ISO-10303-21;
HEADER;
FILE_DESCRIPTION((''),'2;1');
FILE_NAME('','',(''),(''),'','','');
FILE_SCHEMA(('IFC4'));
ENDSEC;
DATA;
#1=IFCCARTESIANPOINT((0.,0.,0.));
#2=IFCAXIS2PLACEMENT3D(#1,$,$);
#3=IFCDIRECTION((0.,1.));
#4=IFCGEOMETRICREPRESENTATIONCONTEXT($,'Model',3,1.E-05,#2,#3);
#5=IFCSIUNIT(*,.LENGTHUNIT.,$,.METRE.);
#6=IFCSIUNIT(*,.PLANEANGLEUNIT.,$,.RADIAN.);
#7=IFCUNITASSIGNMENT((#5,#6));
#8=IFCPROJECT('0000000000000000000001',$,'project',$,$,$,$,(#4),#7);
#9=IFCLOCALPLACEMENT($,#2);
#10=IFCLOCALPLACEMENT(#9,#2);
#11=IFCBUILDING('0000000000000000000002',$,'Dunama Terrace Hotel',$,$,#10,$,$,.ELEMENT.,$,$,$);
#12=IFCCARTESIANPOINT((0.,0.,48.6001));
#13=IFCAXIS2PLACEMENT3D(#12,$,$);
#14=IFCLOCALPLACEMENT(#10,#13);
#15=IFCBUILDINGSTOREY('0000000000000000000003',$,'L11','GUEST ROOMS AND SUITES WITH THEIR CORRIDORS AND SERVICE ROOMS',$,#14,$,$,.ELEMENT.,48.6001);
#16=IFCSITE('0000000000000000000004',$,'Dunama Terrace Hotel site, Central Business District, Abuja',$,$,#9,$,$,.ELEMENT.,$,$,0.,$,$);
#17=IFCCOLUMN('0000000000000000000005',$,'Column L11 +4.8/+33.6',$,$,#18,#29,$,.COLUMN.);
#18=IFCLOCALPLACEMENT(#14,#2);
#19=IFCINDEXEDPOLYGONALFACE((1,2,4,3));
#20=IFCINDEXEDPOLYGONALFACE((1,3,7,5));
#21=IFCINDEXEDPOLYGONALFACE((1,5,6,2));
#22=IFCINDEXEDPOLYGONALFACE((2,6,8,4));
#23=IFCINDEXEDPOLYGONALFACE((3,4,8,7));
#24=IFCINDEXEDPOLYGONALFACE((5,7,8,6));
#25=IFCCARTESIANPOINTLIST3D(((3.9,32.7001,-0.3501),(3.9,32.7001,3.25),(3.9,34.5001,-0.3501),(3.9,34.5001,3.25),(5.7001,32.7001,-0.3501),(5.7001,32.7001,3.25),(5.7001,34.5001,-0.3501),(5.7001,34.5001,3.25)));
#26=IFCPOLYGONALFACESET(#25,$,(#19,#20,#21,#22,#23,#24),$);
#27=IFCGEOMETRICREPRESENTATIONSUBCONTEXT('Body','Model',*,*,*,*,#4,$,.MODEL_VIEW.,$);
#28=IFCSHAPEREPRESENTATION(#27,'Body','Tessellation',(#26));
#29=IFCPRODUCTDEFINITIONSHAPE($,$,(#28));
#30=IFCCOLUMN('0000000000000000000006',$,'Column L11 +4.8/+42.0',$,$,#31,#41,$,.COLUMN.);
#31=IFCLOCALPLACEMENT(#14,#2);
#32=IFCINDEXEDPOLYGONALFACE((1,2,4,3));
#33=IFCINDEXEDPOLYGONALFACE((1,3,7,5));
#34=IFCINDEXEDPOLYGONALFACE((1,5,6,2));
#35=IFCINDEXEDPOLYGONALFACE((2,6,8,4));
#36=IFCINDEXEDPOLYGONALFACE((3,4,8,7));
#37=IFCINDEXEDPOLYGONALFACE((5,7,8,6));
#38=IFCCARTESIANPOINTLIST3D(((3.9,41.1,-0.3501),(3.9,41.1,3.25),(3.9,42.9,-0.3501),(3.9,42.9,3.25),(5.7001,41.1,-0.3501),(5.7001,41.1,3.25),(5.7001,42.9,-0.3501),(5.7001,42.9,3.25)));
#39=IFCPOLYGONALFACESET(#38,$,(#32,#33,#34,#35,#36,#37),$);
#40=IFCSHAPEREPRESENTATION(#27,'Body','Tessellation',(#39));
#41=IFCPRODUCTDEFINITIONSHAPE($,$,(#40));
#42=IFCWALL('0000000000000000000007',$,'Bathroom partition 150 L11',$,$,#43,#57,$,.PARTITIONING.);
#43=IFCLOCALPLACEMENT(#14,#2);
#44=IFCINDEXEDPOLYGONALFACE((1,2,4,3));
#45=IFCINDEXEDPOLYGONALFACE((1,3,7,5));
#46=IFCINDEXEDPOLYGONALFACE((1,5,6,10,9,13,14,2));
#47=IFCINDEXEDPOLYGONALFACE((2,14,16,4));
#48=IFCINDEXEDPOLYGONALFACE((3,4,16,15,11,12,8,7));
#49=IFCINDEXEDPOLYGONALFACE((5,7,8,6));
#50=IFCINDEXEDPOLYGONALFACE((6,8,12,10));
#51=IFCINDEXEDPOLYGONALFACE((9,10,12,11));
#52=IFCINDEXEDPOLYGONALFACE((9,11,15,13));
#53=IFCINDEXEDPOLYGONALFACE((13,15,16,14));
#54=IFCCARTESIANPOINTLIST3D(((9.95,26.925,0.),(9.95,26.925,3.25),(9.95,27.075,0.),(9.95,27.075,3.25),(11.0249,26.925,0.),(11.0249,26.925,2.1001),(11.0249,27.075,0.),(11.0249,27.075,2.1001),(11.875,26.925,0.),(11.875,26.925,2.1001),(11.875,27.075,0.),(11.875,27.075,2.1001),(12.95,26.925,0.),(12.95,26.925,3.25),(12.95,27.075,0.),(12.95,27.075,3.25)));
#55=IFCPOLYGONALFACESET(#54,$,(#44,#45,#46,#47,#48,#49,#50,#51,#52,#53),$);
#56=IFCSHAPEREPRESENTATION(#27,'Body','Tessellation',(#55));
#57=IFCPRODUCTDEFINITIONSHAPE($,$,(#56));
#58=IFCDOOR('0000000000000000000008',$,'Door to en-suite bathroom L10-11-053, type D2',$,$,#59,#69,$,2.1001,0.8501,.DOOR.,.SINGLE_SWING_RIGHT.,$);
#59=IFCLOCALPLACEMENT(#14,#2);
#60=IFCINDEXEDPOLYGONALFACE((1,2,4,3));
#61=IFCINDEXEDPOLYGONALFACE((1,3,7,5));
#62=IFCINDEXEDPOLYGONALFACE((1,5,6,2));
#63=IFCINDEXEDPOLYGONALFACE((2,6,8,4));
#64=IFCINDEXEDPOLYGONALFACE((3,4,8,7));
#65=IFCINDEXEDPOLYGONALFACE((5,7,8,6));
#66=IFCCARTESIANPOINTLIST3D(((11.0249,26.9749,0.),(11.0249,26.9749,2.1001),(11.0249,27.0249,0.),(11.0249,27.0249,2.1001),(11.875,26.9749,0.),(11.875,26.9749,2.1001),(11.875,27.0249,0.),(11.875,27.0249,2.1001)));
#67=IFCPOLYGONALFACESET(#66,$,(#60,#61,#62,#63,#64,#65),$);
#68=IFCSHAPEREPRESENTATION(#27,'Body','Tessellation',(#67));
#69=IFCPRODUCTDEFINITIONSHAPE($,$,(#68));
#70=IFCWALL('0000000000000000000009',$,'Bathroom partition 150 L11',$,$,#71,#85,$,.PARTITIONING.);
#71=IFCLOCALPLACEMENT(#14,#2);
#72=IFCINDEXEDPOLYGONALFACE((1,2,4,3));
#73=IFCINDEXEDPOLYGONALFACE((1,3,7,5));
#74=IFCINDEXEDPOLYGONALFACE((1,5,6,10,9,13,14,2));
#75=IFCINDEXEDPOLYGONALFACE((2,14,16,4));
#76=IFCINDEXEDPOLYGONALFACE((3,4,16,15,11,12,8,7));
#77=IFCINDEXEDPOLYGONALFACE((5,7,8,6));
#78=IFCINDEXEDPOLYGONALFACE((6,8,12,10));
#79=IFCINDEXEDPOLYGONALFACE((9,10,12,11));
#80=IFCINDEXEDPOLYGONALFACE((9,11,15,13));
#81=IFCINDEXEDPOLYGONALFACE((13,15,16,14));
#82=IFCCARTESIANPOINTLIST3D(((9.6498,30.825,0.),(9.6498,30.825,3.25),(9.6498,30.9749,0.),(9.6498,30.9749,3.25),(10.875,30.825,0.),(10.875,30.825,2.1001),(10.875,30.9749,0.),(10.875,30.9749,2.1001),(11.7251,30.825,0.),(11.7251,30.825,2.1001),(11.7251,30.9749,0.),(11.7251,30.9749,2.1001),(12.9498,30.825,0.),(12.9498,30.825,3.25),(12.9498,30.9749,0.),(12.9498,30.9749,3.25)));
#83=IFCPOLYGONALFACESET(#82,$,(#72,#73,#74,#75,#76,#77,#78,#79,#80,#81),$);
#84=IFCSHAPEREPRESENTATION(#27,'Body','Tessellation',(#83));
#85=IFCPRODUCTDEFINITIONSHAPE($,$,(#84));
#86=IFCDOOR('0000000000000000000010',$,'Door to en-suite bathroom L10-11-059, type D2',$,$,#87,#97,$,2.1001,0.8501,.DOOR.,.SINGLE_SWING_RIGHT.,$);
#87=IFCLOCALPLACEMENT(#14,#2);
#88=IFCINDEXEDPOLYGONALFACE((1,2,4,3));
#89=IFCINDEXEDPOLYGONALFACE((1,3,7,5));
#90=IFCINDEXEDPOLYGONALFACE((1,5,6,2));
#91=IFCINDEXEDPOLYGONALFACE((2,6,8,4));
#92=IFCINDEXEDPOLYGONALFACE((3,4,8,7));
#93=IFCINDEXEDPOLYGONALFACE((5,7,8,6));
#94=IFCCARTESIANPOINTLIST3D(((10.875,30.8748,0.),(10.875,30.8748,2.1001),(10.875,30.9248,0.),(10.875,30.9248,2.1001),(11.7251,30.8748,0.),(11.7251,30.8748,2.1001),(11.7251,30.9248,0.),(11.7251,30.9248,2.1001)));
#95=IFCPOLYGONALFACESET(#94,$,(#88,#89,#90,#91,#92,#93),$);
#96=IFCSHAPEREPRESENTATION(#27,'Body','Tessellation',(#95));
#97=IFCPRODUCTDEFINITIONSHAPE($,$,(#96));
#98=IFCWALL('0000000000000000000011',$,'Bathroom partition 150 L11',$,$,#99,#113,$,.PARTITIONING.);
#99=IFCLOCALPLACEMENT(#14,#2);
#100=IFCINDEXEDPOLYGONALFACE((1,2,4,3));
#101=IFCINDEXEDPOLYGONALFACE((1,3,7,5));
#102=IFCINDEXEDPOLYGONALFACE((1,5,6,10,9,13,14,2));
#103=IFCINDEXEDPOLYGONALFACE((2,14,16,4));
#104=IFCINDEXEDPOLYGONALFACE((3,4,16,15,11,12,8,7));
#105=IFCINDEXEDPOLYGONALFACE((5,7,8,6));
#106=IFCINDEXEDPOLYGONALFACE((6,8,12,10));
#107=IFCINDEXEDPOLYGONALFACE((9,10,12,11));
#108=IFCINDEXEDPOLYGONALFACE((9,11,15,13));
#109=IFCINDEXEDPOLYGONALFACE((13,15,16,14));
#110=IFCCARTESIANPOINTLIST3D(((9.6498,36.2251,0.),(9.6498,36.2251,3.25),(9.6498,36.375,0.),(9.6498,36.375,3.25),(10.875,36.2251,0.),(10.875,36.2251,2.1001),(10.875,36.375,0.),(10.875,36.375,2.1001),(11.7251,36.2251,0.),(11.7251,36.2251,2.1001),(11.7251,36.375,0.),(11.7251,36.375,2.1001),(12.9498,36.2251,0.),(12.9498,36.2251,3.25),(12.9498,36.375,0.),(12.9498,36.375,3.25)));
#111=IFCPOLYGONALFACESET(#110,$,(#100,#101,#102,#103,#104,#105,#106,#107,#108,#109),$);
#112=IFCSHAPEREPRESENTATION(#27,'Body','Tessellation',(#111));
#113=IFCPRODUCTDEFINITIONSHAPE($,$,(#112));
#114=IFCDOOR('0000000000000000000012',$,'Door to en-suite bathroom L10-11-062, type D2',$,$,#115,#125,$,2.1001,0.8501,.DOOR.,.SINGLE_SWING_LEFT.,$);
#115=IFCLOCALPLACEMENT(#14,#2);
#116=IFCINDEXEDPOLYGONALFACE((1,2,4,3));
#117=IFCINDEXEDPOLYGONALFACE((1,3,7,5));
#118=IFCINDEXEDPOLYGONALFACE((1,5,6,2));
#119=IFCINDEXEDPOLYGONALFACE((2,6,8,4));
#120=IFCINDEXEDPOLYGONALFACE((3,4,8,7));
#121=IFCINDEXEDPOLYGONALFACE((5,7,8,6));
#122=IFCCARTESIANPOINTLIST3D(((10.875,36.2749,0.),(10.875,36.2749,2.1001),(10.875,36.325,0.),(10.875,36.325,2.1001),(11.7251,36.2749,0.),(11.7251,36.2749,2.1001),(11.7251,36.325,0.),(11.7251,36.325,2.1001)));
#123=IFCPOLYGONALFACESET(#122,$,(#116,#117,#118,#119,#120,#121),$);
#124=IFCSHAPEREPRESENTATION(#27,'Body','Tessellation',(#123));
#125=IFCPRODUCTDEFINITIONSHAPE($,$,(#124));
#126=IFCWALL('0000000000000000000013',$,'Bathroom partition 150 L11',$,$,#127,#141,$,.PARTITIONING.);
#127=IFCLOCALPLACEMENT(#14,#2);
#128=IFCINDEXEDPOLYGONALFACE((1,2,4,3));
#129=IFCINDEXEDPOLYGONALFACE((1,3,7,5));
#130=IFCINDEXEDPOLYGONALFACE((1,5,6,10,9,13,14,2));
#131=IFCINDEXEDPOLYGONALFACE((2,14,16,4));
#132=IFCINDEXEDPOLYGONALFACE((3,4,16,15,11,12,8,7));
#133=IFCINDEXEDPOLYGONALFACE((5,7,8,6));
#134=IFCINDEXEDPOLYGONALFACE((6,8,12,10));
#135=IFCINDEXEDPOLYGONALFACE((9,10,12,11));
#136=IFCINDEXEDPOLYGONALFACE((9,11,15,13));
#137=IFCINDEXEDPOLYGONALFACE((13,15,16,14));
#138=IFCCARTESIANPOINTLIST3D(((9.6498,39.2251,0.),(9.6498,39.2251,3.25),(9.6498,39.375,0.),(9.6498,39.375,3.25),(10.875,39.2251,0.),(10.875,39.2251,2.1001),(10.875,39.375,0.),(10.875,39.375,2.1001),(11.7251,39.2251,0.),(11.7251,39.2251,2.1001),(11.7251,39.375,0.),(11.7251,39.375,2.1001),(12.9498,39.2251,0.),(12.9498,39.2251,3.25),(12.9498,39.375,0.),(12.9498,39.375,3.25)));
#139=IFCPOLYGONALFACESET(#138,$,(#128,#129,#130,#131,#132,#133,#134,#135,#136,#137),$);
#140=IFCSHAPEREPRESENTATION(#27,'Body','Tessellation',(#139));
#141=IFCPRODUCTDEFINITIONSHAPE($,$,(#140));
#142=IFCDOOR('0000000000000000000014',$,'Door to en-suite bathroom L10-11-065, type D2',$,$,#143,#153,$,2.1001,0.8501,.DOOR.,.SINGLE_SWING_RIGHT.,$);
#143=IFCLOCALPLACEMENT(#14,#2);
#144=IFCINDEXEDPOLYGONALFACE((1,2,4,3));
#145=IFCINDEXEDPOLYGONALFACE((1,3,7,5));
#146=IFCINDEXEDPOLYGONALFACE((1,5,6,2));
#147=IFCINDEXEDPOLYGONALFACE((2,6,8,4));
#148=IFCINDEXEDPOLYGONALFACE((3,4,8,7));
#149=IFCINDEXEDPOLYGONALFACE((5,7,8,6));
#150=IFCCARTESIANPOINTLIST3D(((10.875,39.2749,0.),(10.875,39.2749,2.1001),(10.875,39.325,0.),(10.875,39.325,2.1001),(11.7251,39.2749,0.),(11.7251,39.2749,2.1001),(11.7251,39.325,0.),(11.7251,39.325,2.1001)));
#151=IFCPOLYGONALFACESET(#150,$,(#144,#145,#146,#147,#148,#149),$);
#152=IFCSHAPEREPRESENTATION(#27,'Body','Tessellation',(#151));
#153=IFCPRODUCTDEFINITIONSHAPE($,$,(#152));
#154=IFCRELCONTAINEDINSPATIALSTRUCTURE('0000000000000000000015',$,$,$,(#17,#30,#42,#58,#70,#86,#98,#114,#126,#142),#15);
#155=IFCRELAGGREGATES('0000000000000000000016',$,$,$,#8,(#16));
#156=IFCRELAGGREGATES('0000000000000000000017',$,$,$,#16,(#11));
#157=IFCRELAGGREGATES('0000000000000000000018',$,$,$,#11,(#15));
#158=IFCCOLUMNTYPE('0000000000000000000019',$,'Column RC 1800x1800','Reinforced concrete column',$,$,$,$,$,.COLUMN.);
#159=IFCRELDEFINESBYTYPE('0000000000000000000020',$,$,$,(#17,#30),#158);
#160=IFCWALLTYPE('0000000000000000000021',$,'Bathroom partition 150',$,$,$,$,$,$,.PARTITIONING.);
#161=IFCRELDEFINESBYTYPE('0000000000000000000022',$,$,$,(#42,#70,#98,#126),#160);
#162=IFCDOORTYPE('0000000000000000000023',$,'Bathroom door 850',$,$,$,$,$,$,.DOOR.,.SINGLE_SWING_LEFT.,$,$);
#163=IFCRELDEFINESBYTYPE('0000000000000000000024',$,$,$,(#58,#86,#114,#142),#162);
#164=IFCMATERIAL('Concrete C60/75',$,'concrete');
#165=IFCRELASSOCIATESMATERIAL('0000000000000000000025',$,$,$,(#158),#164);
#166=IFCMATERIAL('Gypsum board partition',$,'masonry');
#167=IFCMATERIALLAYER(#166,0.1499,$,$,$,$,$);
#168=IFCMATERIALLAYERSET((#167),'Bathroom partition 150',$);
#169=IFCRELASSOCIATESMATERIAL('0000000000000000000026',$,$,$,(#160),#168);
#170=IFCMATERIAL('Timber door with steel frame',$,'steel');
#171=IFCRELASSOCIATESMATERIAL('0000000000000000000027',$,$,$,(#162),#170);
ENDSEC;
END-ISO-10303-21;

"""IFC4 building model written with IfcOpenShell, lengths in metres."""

from ifc_helpers import new_model, si_unit, direction, frame, frame_2d, origin, origin_2d, place, context, subcontext, project, spatial, rectangle, extrude, material, layer, layer_set, material_profile, profile_set, type_object, element, fill, save


model = new_model("IFC4")

# Units and contexts
model_context = context("Model", 3, precision=1e-05, world=origin(), true_north=direction((0.0, 1.0)))
body_context = subcontext(model_context, "Body", "Model", "MODEL_VIEW")
ifc_project = project(units=[si_unit("LENGTHUNIT", "METRE"), si_unit("PLANEANGLEUNIT", "RADIAN")], contexts=[model_context])

# Site, building, storey
site_placement = place(None, origin())
site = spatial("IfcSite", under=ifc_project, at=site_placement, Name="Dunama Terrace Hotel site, Central Business District, Abuja", CompositionType="ELEMENT", RefElevation=0.0)
building_placement = place(site_placement, origin())
building = spatial("IfcBuilding", under=site, at=building_placement, Name="Dunama Terrace Hotel", CompositionType="ELEMENT")
storey_placement = place(building_placement, frame((0.0, 0.0, 48.6001)))
storey = spatial("IfcBuildingStorey", under=building, at=storey_placement, Name="L11", Description="GUEST ROOMS AND SUITES WITH THEIR CORRIDORS AND SERVICE ROOMS", CompositionType="ELEMENT", Elevation=48.6001)

# Columns
ifc_material_1 = material(Name="Concrete C60/75", Category="concrete")
ifc_material_profile = material_profile(ifc_material_1, rectangle(XDim=1.8, YDim=1.8, at=origin_2d()), Name="RC 1800x1800")
ifc_profile_set = profile_set([ifc_material_profile], Name="Concrete C60/75")
column_type = type_object("IfcColumnType", Name="Column RC 1800x1800", Description="Reinforced concrete column", PredefinedType="COLUMN", material=ifc_profile_set)
for number, where, z_axis, x_axis, name in (
    (1, (4.8, 33.6001, -0.3501), (0.0, 0.0, 1.0), (1.0, 0.0, 0.0), "Column L11 +4.8/+33.6"),
    (2, (4.8, 42.0, -0.3501), (0.0, 0.0, 1.0), (1.0, 0.0, 0.0), "Column L11 +4.8/+42.0"),
):
    element("IfcColumn", number, at=place(storey_placement, frame(where, z_axis=z_axis, x_axis=x_axis)), inside=storey, type_object=column_type, Name=name, PredefinedType="COLUMN", context=body_context, shape_type="SweptSolid", body=[
        extrude(rectangle(XDim=1.8, YDim=1.8, at=origin_2d()), origin(), (0.0, 0.0, 1.0), 3.6001),
    ])

# Walls, openings, doors
ifc_material_2 = material(Name="Gypsum board partition", Category="masonry")
ifc_layer_1 = layer(ifc_material_2, 0.1499)
ifc_layer_set_1 = layer_set([ifc_layer_1], Name="Bathroom partition 150")
wall_type_1 = type_object("IfcWallType", Name="Bathroom partition 150", PredefinedType="PARTITIONING", material=ifc_layer_set_1)
wall_1_placement = place(storey_placement, frame((9.95, 27.0, 0.0), z_axis=(0.0, 0.0, 1.0), x_axis=(1.0, 0.0, 0.0)))
wall_1 = element("IfcWall", 3, at=wall_1_placement, inside=storey, type_object=wall_type_1, Name="Bathroom partition 150 L11", PredefinedType="PARTITIONING", context=body_context, shape_type="SweptSolid", body=[
    extrude(rectangle(XDim=3.0, YDim=0.1499, at=frame_2d((1.5, 0.0))), origin(), (0.0, 0.0, 1.0), 3.25),
])
opening_1_placement = place(wall_1_placement, frame((1.075, 0.0, 0.0)))
opening_1 = element("IfcOpeningElement", 4, at=opening_1_placement, cuts=wall_1, PredefinedType="OPENING", context=body_context, shape_type="SweptSolid", body=[
    extrude(rectangle(XDim=0.8501, YDim=2.1001, at=frame_2d((0.425, 1.05))), frame((0.0, 0.085, 0.0), z_axis=(0.0, -1.0, 0.0), x_axis=(1.0, 0.0, 0.0)), (0.0, 0.0, 1.0), 0.1699),
])
ifc_material_3 = material(Name="Timber door with steel frame", Category="steel")
door_type_1 = type_object("IfcDoorType", Name="Bathroom door 850", OperationType="SINGLE_SWING_LEFT", PredefinedType="DOOR", material=ifc_material_3)
door_1_placement = place(opening_1_placement, origin())
door_1 = element("IfcDoor", 5, at=door_1_placement, inside=storey, type_object=door_type_1, Name="Door to en-suite bathroom L10-11-053, type D2", OperationType="SINGLE_SWING_RIGHT", OverallHeight=2.1001, OverallWidth=0.8501, PredefinedType="DOOR", context=body_context, shape_type="SweptSolid", body=[
    extrude(rectangle(XDim=0.8501, YDim=2.1001, at=frame_2d((0.425, 1.05))), frame((0.0, 0.0249, 0.0), z_axis=(0.0, -1.0, 0.0), x_axis=(1.0, 0.0, 0.0)), (0.0, 0.0, 1.0), 0.05),
])
fill(opening_1, door_1)
wall_2_placement = place(storey_placement, frame((9.6499, 30.8999, 0.0), z_axis=(0.0, 0.0, 1.0), x_axis=(1.0, 0.0, 0.0)))
wall_2 = element("IfcWall", 6, at=wall_2_placement, inside=storey, type_object=wall_type_1, Name="Bathroom partition 150 L11", PredefinedType="PARTITIONING", context=body_context, shape_type="SweptSolid", body=[
    extrude(rectangle(XDim=3.3, YDim=0.1499, at=frame_2d((1.6499, 0.0))), origin(), (0.0, 0.0, 1.0), 3.25),
])
opening_2_placement = place(wall_2_placement, frame((1.2251, 0.0, 0.0)))
opening_2 = element("IfcOpeningElement", 7, at=opening_2_placement, cuts=wall_2, PredefinedType="OPENING", context=body_context, shape_type="SweptSolid", body=[
    extrude(rectangle(XDim=0.8501, YDim=2.1001, at=frame_2d((0.425, 1.05))), frame((0.0, 0.085, 0.0), z_axis=(0.0, -1.0, 0.0), x_axis=(1.0, 0.0, 0.0)), (0.0, 0.0, 1.0), 0.1699),
])
door_2_placement = place(opening_2_placement, origin())
door_2 = element("IfcDoor", 8, at=door_2_placement, inside=storey, type_object=door_type_1, Name="Door to en-suite bathroom L10-11-059, type D2", OperationType="SINGLE_SWING_RIGHT", OverallHeight=2.1001, OverallWidth=0.8501, PredefinedType="DOOR", context=body_context, shape_type="SweptSolid", body=[
    extrude(rectangle(XDim=0.8501, YDim=2.1001, at=frame_2d((0.425, 1.05))), frame((0.0, 0.0249, 0.0), z_axis=(0.0, -1.0, 0.0), x_axis=(1.0, 0.0, 0.0)), (0.0, 0.0, 1.0), 0.05),
])
fill(opening_2, door_2)
wall_3_placement = place(storey_placement, frame((9.6499, 36.3, 0.0), z_axis=(0.0, 0.0, 1.0), x_axis=(1.0, 0.0, 0.0)))
wall_3 = element("IfcWall", 9, at=wall_3_placement, inside=storey, type_object=wall_type_1, Name="Bathroom partition 150 L11", PredefinedType="PARTITIONING", context=body_context, shape_type="SweptSolid", body=[
    extrude(rectangle(XDim=3.3, YDim=0.1499, at=frame_2d((1.6499, 0.0))), origin(), (0.0, 0.0, 1.0), 3.25),
])
opening_3_placement = place(wall_3_placement, frame((1.2251, 0.0, 0.0)))
opening_3 = element("IfcOpeningElement", 10, at=opening_3_placement, cuts=wall_3, PredefinedType="OPENING", context=body_context, shape_type="SweptSolid", body=[
    extrude(rectangle(XDim=0.8501, YDim=2.1001, at=frame_2d((0.425, 1.05))), frame((0.0, 0.085, 0.0), z_axis=(0.0, -1.0, 0.0), x_axis=(1.0, 0.0, 0.0)), (0.0, 0.0, 1.0), 0.1699),
])
door_3_placement = place(opening_3_placement, frame((0.8501, 0.0, 0.0), z_axis=(0.0, 0.0, 1.0), x_axis=(-1.0, 0.0, 0.0)))
door_3 = element("IfcDoor", 11, at=door_3_placement, inside=storey, type_object=door_type_1, Name="Door to en-suite bathroom L10-11-062, type D2", OperationType="SINGLE_SWING_LEFT", OverallHeight=2.1001, OverallWidth=0.8501, PredefinedType="DOOR", context=body_context, shape_type="SweptSolid", body=[
    extrude(rectangle(XDim=0.8501, YDim=2.1001, at=frame_2d((0.425, 1.05))), frame((0.0, 0.0251, 0.0), z_axis=(0.0, -1.0, 0.0), x_axis=(1.0, 0.0, 0.0)), (0.0, 0.0, 1.0), 0.05),
])
fill(opening_3, door_3)
wall_4_placement = place(storey_placement, frame((9.6499, 39.3, 0.0), z_axis=(0.0, 0.0, 1.0), x_axis=(1.0, 0.0, 0.0)))
wall_4 = element("IfcWall", 12, at=wall_4_placement, inside=storey, type_object=wall_type_1, Name="Bathroom partition 150 L11", PredefinedType="PARTITIONING", context=body_context, shape_type="SweptSolid", body=[
    extrude(rectangle(XDim=3.3, YDim=0.1499, at=frame_2d((1.6499, 0.0))), origin(), (0.0, 0.0, 1.0), 3.25),
])
opening_4_placement = place(wall_4_placement, frame((1.2251, 0.0, 0.0)))
opening_4 = element("IfcOpeningElement", 13, at=opening_4_placement, cuts=wall_4, PredefinedType="OPENING", context=body_context, shape_type="SweptSolid", body=[
    extrude(rectangle(XDim=0.8501, YDim=2.1001, at=frame_2d((0.425, 1.05))), frame((0.0, 0.085, 0.0), z_axis=(0.0, -1.0, 0.0), x_axis=(1.0, 0.0, 0.0)), (0.0, 0.0, 1.0), 0.1699),
])
door_4_placement = place(opening_4_placement, origin())
door_4 = element("IfcDoor", 14, at=door_4_placement, inside=storey, type_object=door_type_1, Name="Door to en-suite bathroom L10-11-065, type D2", OperationType="SINGLE_SWING_RIGHT", OverallHeight=2.1001, OverallWidth=0.8501, PredefinedType="DOOR", context=body_context, shape_type="SweptSolid", body=[
    extrude(rectangle(XDim=0.8501, YDim=2.1001, at=frame_2d((0.425, 1.05))), frame((0.0, 0.0249, 0.0), z_axis=(0.0, -1.0, 0.0), x_axis=(1.0, 0.0, 0.0)), (0.0, 0.0, 1.0), 0.05),
])
fill(opening_4, door_4)

save(model, "model.ifc")
